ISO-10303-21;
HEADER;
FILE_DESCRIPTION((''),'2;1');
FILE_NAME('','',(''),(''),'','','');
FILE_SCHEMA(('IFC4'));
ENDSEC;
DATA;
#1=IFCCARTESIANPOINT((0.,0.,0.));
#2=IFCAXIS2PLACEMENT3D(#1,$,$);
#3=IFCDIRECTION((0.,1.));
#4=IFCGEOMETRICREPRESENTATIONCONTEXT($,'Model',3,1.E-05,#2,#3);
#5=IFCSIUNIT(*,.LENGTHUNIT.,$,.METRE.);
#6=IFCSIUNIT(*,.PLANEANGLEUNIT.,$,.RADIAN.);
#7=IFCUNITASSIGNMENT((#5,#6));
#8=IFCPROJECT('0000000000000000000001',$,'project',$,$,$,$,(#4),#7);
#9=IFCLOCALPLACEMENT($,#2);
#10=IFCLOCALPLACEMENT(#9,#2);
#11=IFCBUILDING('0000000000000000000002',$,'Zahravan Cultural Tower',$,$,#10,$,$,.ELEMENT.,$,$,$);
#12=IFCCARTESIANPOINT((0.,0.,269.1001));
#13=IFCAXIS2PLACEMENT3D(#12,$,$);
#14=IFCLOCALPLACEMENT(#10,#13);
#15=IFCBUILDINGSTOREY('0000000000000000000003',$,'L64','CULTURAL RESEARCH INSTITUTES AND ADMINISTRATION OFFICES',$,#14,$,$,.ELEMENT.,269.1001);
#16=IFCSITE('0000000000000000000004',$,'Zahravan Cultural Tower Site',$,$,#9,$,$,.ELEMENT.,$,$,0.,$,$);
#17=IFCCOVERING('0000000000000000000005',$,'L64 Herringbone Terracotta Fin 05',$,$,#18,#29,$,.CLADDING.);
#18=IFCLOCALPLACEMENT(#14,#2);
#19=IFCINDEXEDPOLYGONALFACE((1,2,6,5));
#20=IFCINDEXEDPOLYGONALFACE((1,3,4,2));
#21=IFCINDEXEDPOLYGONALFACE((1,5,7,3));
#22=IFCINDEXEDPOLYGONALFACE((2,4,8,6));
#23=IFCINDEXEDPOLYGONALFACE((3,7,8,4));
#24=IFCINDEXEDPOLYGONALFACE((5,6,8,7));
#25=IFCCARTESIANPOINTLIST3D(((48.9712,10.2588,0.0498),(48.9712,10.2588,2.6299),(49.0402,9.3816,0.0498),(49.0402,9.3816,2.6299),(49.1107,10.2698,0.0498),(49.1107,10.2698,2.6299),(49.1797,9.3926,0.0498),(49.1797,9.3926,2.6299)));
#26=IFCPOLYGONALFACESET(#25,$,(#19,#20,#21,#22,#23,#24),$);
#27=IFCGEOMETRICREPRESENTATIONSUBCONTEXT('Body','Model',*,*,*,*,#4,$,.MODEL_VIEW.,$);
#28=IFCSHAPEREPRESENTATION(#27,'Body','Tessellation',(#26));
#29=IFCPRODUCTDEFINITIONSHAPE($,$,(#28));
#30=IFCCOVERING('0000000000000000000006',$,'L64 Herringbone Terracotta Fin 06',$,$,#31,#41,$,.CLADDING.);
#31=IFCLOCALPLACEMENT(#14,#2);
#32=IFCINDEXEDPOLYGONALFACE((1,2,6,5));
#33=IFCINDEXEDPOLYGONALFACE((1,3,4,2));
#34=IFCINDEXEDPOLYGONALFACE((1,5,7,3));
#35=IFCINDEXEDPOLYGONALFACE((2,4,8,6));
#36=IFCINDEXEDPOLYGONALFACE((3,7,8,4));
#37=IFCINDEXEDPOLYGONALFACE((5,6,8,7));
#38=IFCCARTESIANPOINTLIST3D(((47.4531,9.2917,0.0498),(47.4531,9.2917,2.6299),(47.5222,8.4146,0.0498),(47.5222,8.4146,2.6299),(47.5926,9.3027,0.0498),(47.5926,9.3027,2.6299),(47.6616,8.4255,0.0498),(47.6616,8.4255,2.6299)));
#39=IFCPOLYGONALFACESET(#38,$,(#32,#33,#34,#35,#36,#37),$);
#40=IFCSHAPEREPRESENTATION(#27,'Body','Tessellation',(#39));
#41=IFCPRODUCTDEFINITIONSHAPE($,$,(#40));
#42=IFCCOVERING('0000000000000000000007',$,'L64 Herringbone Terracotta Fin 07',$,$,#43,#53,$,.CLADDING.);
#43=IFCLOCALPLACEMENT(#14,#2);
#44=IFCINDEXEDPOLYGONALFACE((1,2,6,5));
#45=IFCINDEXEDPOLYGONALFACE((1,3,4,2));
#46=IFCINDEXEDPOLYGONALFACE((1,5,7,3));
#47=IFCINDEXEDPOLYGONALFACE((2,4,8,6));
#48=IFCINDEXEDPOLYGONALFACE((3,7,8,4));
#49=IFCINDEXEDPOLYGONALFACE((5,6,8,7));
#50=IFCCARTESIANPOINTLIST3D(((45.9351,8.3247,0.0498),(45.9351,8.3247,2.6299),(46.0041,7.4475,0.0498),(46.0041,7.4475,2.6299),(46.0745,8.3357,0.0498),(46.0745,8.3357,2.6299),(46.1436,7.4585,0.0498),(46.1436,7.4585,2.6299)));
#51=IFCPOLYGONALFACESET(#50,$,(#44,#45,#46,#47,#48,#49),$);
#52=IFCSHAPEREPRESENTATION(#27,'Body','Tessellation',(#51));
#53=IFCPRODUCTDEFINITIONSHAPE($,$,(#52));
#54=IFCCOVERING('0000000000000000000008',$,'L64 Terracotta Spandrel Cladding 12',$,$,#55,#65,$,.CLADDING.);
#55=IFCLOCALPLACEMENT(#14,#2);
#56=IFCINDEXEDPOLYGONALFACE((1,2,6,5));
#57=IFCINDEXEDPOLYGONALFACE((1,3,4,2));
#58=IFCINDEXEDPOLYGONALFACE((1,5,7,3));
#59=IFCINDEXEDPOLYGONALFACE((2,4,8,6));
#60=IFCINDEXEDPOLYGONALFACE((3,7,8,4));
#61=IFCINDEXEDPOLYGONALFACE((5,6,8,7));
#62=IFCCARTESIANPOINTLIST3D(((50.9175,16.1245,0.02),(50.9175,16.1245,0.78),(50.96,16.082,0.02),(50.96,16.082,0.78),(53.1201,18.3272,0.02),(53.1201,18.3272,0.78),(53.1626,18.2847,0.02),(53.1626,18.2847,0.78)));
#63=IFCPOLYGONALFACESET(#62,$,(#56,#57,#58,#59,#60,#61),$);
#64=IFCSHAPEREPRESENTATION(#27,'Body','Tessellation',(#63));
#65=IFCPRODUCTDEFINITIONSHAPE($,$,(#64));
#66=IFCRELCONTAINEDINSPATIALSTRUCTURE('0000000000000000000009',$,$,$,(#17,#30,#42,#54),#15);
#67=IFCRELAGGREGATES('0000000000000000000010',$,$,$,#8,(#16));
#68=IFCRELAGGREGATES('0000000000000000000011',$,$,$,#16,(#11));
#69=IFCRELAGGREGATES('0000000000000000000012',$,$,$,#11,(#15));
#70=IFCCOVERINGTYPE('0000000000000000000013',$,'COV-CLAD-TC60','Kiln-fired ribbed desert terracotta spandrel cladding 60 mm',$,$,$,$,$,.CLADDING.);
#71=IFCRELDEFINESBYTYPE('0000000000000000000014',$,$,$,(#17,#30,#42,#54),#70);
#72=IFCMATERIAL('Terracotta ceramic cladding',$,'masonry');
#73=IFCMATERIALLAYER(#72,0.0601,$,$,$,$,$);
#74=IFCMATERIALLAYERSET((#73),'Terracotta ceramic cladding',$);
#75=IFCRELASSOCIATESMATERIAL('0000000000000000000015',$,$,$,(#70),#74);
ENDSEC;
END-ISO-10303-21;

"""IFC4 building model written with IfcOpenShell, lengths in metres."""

from ifc_helpers import new_model, si_unit, direction, frame, origin, origin_2d, place, context, subcontext, project, spatial, rectangle, extrude, source, transform, mapped, material, layer, layer_set, type_object, element, save


model = new_model("IFC4")

# Units and contexts
model_context = context("Model", 3, precision=1e-05, world=origin(), true_north=direction((0.0, 1.0)))
body_context = subcontext(model_context, "Body", "Model", "MODEL_VIEW")
ifc_project = project(units=[si_unit("LENGTHUNIT", "METRE"), si_unit("PLANEANGLEUNIT", "RADIAN")], contexts=[model_context])

# Site, building, storey
site_placement = place(None, origin())
site = spatial("IfcSite", under=ifc_project, at=site_placement, Name="Zahravan Cultural Tower Site", CompositionType="ELEMENT", RefElevation=0.0)
building_placement = place(site_placement, origin())
building = spatial("IfcBuilding", under=site, at=building_placement, Name="Zahravan Cultural Tower", CompositionType="ELEMENT")
storey_placement = place(building_placement, frame((0.0, 0.0, 269.1001)))
storey = spatial("IfcBuildingStorey", under=building, at=storey_placement, Name="L64", Description="CULTURAL RESEARCH INSTITUTES AND ADMINISTRATION OFFICES", CompositionType="ELEMENT", Elevation=269.1001)

# Coverings
ifc_material_1 = material(Name="Terracotta ceramic cladding", Category="masonry")
ifc_layer_1 = layer(ifc_material_1, 0.0601)
ifc_layer_set_1 = layer_set([ifc_layer_1], Name="Terracotta ceramic cladding")
covering_type = type_object("IfcCoveringType", Name="COV-CLAD-TC60", Description="Kiln-fired ribbed desert terracotta spandrel cladding 60 mm", PredefinedType="CLADDING", material=ifc_layer_set_1)
shared_shape_1 = source(origin(), body_context, "Body", "SweptSolid", [
    extrude(rectangle(XDim=0.8799, YDim=0.1399, at=origin_2d()), origin(), (0.0, 0.0, 1.0), 2.5801),
])
for number, where, z_axis, x_axis, name in (
    (1, (49.0754, 9.8257, 0.0498), (0.0, 0.0, 1.0), (0.078459, -0.996917, 0.0), "L64 Herringbone Terracotta Fin 05"),
    (2, (47.5574, 8.8586, 0.0498), (0.0, 0.0, 1.0), (0.078459, -0.996917, 0.0), "L64 Herringbone Terracotta Fin 06"),
    (3, (46.0393, 7.8916, 0.0498), (0.0, 0.0, 1.0), (0.078459, -0.996917, 0.0), "L64 Herringbone Terracotta Fin 07"),
):
    element("IfcCovering", number, at=place(storey_placement, frame(where, z_axis=z_axis, x_axis=x_axis)), inside=storey, type_object=covering_type, Name=name, PredefinedType="CLADDING", context=body_context, shape_type="MappedRepresentation", body=[
        mapped(shared_shape_1, transform((0.0, 0.0, 0.0), x_axis=(1.0, 0.0, 0.0), y_axis=(0.0, 1.0, 0.0), z_axis=(0.0, 0.0, 1.0), scale=1.0)),
    ])
shared_shape_2 = source(origin(), body_context, "Body", "SweptSolid", [
    extrude(rectangle(XDim=3.115, YDim=0.0601, at=origin_2d()), origin(), (0.0, 0.0, 1.0), 0.76),
])
covering_1_placement = place(storey_placement, frame((52.04, 17.2046, 0.02), z_axis=(0.0, 0.0, 1.0), x_axis=(-0.707094, -0.707119, 0.0)))
element("IfcCovering", 4, at=covering_1_placement, inside=storey, type_object=covering_type, Name="L64 Terracotta Spandrel Cladding 12", PredefinedType="CLADDING", context=body_context, shape_type="MappedRepresentation", body=[
    mapped(shared_shape_2, transform((0.0, 0.0, 0.0), x_axis=(1.0, 0.0, 0.0), y_axis=(0.0, 1.0, 0.0), z_axis=(0.0, 0.0, 1.0), scale=1.0)),
])

save(model, "model.ifc")
